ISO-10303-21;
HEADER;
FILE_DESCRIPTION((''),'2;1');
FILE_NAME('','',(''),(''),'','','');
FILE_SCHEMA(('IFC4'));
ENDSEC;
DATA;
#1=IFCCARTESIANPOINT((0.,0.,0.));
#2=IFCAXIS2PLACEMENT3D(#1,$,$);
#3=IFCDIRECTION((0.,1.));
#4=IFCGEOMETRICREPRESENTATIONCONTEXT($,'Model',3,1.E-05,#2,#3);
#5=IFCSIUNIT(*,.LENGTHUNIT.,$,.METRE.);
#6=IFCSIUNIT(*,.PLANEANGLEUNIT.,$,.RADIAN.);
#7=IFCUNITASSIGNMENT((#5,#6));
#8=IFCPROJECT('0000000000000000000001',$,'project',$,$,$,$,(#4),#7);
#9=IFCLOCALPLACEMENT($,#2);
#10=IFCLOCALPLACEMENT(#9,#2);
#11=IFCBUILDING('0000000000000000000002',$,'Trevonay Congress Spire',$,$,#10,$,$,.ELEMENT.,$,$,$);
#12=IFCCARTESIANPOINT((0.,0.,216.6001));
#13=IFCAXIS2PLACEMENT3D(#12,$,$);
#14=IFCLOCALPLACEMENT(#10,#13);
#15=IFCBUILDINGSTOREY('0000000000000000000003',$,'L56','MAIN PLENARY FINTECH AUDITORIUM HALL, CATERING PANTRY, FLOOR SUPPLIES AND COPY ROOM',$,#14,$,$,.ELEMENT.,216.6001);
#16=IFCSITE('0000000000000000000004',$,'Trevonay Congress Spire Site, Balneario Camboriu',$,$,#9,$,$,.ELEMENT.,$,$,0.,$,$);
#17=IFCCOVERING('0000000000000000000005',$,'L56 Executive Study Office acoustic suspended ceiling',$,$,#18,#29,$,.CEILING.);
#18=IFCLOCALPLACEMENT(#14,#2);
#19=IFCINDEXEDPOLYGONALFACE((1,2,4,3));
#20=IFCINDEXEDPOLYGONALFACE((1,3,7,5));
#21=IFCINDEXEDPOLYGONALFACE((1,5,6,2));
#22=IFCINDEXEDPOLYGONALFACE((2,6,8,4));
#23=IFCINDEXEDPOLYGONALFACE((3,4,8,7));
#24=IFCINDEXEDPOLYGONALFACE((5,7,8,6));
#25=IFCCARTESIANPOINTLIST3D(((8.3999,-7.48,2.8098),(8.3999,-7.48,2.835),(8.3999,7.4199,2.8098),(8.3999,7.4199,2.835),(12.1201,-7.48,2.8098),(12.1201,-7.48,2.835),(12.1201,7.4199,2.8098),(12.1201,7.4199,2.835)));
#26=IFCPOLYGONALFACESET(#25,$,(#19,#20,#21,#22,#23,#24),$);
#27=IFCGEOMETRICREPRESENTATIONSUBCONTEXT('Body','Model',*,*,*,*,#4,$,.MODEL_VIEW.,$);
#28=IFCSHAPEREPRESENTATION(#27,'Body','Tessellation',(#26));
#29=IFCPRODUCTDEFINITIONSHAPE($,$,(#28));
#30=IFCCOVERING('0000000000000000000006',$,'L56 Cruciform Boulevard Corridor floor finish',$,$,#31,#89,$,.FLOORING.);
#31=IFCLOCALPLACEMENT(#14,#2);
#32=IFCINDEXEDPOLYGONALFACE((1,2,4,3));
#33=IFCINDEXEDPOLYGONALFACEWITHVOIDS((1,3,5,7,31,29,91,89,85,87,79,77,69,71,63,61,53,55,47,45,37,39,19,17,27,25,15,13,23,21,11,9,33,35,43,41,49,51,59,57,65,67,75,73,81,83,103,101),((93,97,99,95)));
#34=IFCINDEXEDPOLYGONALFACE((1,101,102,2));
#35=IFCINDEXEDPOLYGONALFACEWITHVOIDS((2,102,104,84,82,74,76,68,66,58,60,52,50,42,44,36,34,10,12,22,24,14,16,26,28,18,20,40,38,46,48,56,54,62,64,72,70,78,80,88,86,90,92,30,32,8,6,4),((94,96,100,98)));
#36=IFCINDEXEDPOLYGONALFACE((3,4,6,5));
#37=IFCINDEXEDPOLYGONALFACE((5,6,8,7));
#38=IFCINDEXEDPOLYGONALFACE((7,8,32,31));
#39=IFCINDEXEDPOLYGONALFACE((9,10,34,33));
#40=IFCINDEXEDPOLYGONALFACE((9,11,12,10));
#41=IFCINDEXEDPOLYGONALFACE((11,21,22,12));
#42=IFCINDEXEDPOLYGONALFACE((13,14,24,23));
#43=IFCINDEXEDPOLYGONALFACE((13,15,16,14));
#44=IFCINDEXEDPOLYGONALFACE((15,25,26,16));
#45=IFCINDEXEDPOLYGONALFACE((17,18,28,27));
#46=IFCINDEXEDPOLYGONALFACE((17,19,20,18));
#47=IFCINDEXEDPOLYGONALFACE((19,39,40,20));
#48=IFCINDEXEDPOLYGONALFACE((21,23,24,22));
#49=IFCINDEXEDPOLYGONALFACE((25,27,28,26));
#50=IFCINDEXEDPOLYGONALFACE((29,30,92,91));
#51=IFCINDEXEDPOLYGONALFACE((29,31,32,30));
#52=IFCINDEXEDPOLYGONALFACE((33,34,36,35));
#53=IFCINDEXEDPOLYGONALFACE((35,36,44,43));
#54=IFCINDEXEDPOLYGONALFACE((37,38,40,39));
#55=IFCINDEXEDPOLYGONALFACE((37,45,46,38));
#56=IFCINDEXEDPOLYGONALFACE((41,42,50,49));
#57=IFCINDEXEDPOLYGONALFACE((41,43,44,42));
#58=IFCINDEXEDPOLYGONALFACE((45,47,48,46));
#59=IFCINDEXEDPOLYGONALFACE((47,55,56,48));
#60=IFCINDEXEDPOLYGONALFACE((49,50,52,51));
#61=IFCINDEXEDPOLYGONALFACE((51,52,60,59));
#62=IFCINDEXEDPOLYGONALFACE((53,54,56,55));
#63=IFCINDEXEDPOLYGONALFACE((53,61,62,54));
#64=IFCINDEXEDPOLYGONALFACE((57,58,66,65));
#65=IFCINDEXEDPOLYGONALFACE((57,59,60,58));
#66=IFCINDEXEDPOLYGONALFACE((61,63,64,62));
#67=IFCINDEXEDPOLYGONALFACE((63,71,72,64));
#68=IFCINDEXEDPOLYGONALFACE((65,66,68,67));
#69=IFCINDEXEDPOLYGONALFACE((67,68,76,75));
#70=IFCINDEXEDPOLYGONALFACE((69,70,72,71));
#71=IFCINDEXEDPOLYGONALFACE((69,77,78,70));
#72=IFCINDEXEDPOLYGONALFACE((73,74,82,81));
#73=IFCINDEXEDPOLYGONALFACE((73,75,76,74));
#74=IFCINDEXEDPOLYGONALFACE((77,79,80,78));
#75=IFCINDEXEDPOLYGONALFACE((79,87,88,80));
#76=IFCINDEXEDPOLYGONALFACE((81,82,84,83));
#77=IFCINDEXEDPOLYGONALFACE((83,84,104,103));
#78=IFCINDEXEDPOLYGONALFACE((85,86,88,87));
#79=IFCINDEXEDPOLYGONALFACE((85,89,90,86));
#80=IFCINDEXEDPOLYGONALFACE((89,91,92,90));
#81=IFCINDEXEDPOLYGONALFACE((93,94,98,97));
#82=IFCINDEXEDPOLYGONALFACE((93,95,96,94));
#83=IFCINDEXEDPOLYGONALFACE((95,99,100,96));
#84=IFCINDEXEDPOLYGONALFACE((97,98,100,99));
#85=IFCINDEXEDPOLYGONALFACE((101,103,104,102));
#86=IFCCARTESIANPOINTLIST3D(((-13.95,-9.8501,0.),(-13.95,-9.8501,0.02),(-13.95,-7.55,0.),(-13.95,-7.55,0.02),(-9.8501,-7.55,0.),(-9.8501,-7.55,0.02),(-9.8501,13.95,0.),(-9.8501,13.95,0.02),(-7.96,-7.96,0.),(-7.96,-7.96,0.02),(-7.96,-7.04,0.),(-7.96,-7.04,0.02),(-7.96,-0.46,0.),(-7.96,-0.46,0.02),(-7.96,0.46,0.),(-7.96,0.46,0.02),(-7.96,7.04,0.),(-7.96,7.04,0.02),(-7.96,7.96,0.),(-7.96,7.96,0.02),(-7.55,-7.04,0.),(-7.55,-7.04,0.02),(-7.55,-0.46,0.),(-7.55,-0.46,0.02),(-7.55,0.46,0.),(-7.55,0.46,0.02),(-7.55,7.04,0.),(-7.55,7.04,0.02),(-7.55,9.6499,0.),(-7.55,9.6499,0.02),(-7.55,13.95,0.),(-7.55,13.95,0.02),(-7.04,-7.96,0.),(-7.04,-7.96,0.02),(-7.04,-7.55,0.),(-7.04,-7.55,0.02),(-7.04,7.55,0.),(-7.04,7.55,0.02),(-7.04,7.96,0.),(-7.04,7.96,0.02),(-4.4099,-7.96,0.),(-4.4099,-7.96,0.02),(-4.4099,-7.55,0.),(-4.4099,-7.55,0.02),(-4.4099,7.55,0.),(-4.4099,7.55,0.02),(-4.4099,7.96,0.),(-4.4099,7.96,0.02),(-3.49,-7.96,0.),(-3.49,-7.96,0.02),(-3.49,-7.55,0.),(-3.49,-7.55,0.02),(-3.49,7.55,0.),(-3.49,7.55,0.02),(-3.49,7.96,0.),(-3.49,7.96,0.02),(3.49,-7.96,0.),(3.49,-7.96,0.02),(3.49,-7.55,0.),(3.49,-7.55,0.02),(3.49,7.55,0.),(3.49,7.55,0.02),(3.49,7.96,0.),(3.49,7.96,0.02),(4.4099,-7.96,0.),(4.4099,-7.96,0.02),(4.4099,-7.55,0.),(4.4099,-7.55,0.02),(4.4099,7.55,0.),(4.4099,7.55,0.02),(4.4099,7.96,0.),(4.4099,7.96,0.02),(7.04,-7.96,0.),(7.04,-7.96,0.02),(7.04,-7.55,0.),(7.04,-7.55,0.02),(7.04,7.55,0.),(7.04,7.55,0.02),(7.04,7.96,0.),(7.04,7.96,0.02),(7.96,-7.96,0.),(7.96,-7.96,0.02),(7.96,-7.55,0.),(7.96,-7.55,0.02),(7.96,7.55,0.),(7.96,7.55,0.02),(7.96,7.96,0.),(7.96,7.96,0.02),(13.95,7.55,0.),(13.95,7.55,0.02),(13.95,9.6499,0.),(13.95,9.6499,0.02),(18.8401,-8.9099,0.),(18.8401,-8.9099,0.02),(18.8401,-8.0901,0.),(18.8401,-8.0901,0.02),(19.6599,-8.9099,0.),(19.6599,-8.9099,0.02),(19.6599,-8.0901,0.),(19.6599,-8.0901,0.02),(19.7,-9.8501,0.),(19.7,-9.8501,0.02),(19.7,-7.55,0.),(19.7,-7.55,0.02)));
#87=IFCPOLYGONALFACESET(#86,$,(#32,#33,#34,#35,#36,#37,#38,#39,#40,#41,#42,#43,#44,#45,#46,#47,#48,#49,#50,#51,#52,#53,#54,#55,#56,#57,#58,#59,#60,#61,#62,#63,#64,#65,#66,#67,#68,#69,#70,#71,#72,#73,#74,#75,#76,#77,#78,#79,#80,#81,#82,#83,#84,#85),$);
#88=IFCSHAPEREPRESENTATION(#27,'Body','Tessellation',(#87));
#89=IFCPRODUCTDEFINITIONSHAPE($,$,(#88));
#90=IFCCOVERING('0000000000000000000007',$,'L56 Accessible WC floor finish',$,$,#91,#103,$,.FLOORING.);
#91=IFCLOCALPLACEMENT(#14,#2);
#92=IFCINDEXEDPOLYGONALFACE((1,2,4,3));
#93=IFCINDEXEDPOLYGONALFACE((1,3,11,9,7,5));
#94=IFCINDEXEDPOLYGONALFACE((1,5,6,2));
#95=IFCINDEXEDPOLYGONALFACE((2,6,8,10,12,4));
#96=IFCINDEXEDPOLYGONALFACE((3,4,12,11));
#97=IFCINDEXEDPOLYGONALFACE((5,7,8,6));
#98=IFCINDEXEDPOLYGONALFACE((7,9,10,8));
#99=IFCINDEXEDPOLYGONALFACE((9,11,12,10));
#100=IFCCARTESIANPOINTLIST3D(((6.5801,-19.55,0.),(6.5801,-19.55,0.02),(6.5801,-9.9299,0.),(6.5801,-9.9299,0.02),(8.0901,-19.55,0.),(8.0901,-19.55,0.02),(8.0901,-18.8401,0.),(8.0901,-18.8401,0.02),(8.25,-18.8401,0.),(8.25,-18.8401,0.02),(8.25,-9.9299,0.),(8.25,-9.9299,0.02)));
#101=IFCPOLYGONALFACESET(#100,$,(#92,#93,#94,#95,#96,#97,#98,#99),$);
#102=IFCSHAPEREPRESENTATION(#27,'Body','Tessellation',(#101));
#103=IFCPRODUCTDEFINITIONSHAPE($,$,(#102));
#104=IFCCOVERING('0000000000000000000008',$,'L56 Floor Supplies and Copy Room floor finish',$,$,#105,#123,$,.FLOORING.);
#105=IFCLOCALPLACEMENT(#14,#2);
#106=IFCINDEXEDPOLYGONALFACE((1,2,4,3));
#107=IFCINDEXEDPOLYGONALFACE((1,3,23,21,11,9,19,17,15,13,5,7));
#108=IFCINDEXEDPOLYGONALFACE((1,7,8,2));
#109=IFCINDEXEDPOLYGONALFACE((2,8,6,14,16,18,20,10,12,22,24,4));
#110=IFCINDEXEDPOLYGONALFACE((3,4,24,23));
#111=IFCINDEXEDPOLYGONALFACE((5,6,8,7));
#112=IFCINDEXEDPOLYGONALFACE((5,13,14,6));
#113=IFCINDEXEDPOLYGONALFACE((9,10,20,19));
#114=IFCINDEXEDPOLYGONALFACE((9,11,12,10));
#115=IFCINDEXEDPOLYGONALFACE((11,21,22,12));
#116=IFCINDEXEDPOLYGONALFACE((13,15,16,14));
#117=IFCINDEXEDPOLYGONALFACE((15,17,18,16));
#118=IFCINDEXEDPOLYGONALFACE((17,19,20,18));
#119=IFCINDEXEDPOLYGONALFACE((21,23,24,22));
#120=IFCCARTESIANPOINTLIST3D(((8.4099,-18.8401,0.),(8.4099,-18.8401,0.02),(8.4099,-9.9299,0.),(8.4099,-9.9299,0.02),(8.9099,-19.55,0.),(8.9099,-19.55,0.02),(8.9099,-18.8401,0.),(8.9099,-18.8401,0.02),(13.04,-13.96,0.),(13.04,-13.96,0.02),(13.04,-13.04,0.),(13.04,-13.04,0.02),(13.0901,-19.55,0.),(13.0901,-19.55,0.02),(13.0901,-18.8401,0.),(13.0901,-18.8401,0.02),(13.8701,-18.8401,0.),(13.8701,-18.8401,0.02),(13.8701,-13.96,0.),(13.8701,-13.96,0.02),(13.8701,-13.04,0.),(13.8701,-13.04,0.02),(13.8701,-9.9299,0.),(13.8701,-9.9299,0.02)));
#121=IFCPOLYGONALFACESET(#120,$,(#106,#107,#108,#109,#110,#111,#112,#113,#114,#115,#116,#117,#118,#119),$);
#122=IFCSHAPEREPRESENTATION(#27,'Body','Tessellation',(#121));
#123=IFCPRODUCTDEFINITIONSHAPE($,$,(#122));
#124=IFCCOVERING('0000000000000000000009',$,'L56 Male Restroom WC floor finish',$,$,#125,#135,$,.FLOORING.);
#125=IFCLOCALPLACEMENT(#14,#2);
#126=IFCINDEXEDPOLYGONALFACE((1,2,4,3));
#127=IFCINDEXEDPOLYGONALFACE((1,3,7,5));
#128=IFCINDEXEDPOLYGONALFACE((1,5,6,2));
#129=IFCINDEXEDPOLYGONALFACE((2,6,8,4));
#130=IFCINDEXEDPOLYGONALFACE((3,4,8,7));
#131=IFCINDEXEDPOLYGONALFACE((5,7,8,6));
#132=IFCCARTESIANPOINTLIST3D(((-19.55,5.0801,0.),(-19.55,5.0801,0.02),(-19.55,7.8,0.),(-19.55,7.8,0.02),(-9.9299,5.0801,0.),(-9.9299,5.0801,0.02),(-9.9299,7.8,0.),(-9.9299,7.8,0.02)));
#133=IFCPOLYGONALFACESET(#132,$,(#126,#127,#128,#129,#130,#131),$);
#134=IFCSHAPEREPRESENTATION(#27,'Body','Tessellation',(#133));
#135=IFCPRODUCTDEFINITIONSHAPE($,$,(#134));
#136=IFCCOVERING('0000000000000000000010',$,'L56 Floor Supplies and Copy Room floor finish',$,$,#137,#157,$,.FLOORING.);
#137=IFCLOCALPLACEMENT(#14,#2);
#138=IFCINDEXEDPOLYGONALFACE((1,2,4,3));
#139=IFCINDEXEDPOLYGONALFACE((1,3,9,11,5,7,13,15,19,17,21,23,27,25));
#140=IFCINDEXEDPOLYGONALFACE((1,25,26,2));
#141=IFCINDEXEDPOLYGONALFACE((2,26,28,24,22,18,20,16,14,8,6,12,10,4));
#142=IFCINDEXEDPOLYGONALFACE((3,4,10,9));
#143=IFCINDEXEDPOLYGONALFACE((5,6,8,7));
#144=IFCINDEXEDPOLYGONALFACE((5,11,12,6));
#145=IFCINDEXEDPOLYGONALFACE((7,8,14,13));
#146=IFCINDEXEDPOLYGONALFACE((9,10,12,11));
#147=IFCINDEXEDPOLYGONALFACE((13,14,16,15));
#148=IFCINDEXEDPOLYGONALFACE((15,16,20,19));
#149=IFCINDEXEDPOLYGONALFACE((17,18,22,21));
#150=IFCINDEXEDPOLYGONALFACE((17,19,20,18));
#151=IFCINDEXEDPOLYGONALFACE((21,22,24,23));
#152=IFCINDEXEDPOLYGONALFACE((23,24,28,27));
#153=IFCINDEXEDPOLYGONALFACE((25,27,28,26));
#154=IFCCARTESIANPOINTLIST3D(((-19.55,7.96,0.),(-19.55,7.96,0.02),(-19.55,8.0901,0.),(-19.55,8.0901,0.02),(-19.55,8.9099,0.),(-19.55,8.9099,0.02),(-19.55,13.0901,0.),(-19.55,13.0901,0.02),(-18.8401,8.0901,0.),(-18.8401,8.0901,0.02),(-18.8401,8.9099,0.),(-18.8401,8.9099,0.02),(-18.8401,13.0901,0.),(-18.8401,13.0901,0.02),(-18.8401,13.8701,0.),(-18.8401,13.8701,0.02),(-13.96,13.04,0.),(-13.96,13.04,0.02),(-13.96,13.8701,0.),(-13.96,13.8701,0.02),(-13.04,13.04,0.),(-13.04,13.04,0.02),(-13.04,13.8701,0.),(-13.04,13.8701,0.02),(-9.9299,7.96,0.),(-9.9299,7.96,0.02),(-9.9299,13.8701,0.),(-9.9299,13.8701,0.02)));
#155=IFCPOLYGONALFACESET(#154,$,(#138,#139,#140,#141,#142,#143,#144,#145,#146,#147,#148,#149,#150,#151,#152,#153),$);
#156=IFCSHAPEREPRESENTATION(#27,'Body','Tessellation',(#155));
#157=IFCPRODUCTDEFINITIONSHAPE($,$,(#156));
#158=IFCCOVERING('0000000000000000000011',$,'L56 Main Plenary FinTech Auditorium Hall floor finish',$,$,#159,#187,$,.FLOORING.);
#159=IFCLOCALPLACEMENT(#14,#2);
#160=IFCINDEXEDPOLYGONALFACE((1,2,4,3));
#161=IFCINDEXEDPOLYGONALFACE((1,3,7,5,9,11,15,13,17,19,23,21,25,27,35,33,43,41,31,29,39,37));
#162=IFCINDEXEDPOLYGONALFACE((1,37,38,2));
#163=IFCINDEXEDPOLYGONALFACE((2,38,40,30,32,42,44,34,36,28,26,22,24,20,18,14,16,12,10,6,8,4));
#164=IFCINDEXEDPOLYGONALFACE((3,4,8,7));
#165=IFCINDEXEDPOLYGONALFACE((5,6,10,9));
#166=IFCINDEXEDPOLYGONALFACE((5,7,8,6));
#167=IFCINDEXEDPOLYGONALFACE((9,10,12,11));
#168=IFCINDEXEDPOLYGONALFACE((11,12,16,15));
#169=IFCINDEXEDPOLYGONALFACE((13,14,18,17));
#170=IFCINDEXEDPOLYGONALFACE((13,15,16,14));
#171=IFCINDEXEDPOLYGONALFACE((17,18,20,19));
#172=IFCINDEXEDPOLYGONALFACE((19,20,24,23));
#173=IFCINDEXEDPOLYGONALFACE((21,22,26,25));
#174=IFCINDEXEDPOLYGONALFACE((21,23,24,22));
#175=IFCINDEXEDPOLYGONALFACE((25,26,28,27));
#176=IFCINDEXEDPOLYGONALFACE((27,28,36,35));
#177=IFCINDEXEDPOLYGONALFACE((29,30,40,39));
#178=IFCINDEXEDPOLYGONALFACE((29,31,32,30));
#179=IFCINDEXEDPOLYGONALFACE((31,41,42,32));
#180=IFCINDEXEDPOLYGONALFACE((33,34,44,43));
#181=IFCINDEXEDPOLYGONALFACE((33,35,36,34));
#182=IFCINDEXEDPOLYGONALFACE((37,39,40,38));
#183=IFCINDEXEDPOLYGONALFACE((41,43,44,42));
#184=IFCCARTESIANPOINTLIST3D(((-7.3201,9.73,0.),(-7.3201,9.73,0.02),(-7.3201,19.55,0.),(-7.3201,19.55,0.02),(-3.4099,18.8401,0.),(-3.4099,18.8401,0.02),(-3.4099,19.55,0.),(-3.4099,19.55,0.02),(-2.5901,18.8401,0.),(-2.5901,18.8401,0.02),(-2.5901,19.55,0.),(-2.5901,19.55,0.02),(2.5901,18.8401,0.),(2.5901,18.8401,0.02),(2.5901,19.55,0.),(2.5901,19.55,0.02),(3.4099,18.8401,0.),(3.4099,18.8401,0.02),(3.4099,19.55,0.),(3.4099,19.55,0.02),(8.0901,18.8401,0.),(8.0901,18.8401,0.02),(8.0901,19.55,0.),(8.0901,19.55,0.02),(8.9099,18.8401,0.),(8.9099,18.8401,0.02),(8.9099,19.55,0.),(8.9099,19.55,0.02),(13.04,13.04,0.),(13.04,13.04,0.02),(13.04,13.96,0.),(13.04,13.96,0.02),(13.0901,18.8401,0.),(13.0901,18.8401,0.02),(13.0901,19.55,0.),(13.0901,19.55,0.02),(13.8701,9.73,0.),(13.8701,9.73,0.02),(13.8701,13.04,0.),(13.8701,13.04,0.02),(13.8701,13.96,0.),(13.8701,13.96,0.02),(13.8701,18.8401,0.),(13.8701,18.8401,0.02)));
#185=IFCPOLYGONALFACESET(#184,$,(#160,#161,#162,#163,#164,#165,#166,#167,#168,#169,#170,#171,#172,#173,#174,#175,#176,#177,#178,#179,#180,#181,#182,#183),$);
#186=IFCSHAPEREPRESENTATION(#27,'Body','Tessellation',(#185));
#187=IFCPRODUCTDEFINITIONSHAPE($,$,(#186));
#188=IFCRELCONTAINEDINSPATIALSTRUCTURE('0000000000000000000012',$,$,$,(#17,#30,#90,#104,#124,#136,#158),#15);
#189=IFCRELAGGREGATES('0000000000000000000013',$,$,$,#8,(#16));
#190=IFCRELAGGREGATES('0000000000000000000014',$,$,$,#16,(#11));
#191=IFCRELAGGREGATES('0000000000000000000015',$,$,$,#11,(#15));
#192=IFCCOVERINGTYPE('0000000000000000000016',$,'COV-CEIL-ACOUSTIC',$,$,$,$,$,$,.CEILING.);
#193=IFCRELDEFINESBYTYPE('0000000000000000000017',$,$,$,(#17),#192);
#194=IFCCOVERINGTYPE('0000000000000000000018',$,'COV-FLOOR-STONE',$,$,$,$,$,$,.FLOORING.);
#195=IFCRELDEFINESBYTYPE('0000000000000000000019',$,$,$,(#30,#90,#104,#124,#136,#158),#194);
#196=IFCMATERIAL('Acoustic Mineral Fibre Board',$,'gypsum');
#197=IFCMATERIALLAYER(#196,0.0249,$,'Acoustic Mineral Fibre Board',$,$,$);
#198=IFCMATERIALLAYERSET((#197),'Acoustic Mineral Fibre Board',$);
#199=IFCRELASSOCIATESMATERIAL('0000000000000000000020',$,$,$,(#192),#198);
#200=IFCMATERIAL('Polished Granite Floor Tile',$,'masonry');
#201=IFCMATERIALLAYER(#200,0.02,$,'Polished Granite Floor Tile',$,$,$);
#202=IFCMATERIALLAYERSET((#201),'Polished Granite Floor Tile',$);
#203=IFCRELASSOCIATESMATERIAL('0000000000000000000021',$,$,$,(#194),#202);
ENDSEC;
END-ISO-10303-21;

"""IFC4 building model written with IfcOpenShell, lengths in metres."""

from ifc_helpers import new_model, si_unit, direction, frame, origin, place, context, subcontext, project, spatial, polyline, outline, extrude, material, layer, layer_set, type_object, element, save


model = new_model("IFC4")

# Units and contexts
model_context = context("Model", 3, precision=1e-05, world=origin(), true_north=direction((0.0, 1.0)))
body_context = subcontext(model_context, "Body", "Model", "MODEL_VIEW")
ifc_project = project(units=[si_unit("LENGTHUNIT", "METRE"), si_unit("PLANEANGLEUNIT", "RADIAN")], contexts=[model_context])

# Site, building, storey
site_placement = place(None, origin())
site = spatial("IfcSite", under=ifc_project, at=site_placement, Name="Trevonay Congress Spire Site, Balneario Camboriu", CompositionType="ELEMENT", RefElevation=0.0)
building_placement = place(site_placement, origin())
building = spatial("IfcBuilding", under=site, at=building_placement, Name="Trevonay Congress Spire", CompositionType="ELEMENT")
storey_placement = place(building_placement, frame((0.0, 0.0, 216.6001)))
storey = spatial("IfcBuildingStorey", under=building, at=storey_placement, Name="L56", Description="MAIN PLENARY FINTECH AUDITORIUM HALL, CATERING PANTRY, FLOOR SUPPLIES AND COPY ROOM", CompositionType="ELEMENT", Elevation=216.6001)

# Coverings
ifc_material_1 = material(Name="Acoustic Mineral Fibre Board", Category="gypsum")
ifc_layer_1 = layer(ifc_material_1, 0.0249, Name="Acoustic Mineral Fibre Board")
ifc_layer_set_1 = layer_set([ifc_layer_1], Name="Acoustic Mineral Fibre Board")
covering_type_1 = type_object("IfcCoveringType", Name="COV-CEIL-ACOUSTIC", PredefinedType="CEILING", material=ifc_layer_set_1)
covering_1_placement = place(storey_placement, frame((0.0, 0.0, 2.8098)))
element("IfcCovering", 1, at=covering_1_placement, inside=storey, type_object=covering_type_1, Name="L56 Executive Study Office acoustic suspended ceiling", PredefinedType="CEILING", context=body_context, shape_type="SweptSolid", body=[
    extrude(outline(polyline([(8.3999, -7.48), (12.1201, -7.48), (12.1201, 7.4199), (8.3999, 7.4199), (8.3999, -7.48)])), origin(), (0.0, 0.0, 1.0), 0.0251),
])
ifc_material_2 = material(Name="Polished Granite Floor Tile", Category="masonry")
ifc_layer_2 = layer(ifc_material_2, 0.02, Name="Polished Granite Floor Tile")
ifc_layer_set_2 = layer_set([ifc_layer_2], Name="Polished Granite Floor Tile")
covering_type_2 = type_object("IfcCoveringType", Name="COV-FLOOR-STONE", PredefinedType="FLOORING", material=ifc_layer_set_2)
covering_2_placement = place(storey_placement, origin())
element("IfcCovering", 2, at=covering_2_placement, inside=storey, type_object=covering_type_2, Name="L56 Cruciform Boulevard Corridor floor finish", PredefinedType="FLOORING", context=body_context, shape_type="SweptSolid", body=[
    extrude(outline(polyline([(19.7, -7.55), (19.7, -9.8501), (-13.95, -9.8501), (-13.95, -7.55), (-9.8501, -7.55), (-9.8501, 13.95), (-7.55, 13.95), (-7.55, 9.6499), (13.95, 9.6499), (13.95, 7.55), (7.96, 7.55), (7.96, 7.96), (7.04, 7.96), (7.04, 7.55), (4.4099, 7.55), (4.4099, 7.96), (3.49, 7.96), (3.49, 7.55), (-3.49, 7.55), (-3.49, 7.96), (-4.4099, 7.96), (-4.4099, 7.55), (-7.04, 7.55), (-7.04, 7.96), (-7.96, 7.96), (-7.96, 7.04), (-7.55, 7.04), (-7.55, 0.46), (-7.96, 0.46), (-7.96, -0.46), (-7.55, -0.46), (-7.55, -7.04), (-7.96, -7.04), (-7.96, -7.96), (-7.04, -7.96), (-7.04, -7.55), (-4.4099, -7.55), (-4.4099, -7.96), (-3.49, -7.96), (-3.49, -7.55), (3.49, -7.55), (3.49, -7.96), (4.4099, -7.96), (4.4099, -7.55), (7.04, -7.55), (7.04, -7.96), (7.96, -7.96), (7.96, -7.55), (19.7, -7.55)]), holes=[polyline([(19.6599, -8.0901), (18.8401, -8.0901), (18.8401, -8.9099), (19.6599, -8.9099), (19.6599, -8.0901)])]), origin(), (0.0, 0.0, 1.0), 0.02),
])
covering_3_placement = place(storey_placement, origin())
element("IfcCovering", 3, at=covering_3_placement, inside=storey, type_object=covering_type_2, Name="L56 Accessible WC floor finish", PredefinedType="FLOORING", context=body_context, shape_type="SweptSolid", body=[
    extrude(outline(polyline([(6.5801, -19.55), (6.5801, -9.9299), (8.25, -9.9299), (8.25, -18.8401), (8.0901, -18.8401), (8.0901, -19.55), (6.5801, -19.55)])), origin(), (0.0, 0.0, 1.0), 0.02),
])
covering_4_placement = place(storey_placement, origin())
element("IfcCovering", 4, at=covering_4_placement, inside=storey, type_object=covering_type_2, Name="L56 Floor Supplies and Copy Room floor finish", PredefinedType="FLOORING", context=body_context, shape_type="SweptSolid", body=[
    extrude(outline(polyline([(8.9099, -19.55), (8.9099, -18.8401), (8.4099, -18.8401), (8.4099, -9.9299), (13.8701, -9.9299), (13.8701, -13.04), (13.04, -13.04), (13.04, -13.96), (13.8701, -13.96), (13.8701, -18.8401), (13.0901, -18.8401), (13.0901, -19.55), (8.9099, -19.55)])), origin(), (0.0, 0.0, 1.0), 0.02),
])
covering_5_placement = place(storey_placement, origin())
element("IfcCovering", 5, at=covering_5_placement, inside=storey, type_object=covering_type_2, Name="L56 Male Restroom WC floor finish", PredefinedType="FLOORING", context=body_context, shape_type="SweptSolid", body=[
    extrude(outline(polyline([(-19.55, 5.0801), (-9.9299, 5.0801), (-9.9299, 7.8), (-19.55, 7.8), (-19.55, 5.0801)])), origin(), (0.0, 0.0, 1.0), 0.02),
])
covering_6_placement = place(storey_placement, origin())
element("IfcCovering", 6, at=covering_6_placement, inside=storey, type_object=covering_type_2, Name="L56 Floor Supplies and Copy Room floor finish", PredefinedType="FLOORING", context=body_context, shape_type="SweptSolid", body=[
    extrude(outline(polyline([(-9.9299, 13.8701), (-9.9299, 7.96), (-19.55, 7.96), (-19.55, 8.0901), (-18.8401, 8.0901), (-18.8401, 8.9099), (-19.55, 8.9099), (-19.55, 13.0901), (-18.8401, 13.0901), (-18.8401, 13.8701), (-13.96, 13.8701), (-13.96, 13.04), (-13.04, 13.04), (-13.04, 13.8701), (-9.9299, 13.8701)])), origin(), (0.0, 0.0, 1.0), 0.02),
])
covering_7_placement = place(storey_placement, origin())
element("IfcCovering", 7, at=covering_7_placement, inside=storey, type_object=covering_type_2, Name="L56 Main Plenary FinTech Auditorium Hall floor finish", PredefinedType="FLOORING", context=body_context, shape_type="SweptSolid", body=[
    extrude(outline(polyline([(13.8701, 9.73), (-7.3201, 9.73), (-7.3201, 19.55), (-3.4099, 19.55), (-3.4099, 18.8401), (-2.5901, 18.8401), (-2.5901, 19.55), (2.5901, 19.55), (2.5901, 18.8401), (3.4099, 18.8401), (3.4099, 19.55), (8.0901, 19.55), (8.0901, 18.8401), (8.9099, 18.8401), (8.9099, 19.55), (13.0901, 19.55), (13.0901, 18.8401), (13.8701, 18.8401), (13.8701, 13.96), (13.04, 13.96), (13.04, 13.04), (13.8701, 13.04), (13.8701, 9.73)])), origin(), (0.0, 0.0, 1.0), 0.02),
])

save(model, "model.ifc")
